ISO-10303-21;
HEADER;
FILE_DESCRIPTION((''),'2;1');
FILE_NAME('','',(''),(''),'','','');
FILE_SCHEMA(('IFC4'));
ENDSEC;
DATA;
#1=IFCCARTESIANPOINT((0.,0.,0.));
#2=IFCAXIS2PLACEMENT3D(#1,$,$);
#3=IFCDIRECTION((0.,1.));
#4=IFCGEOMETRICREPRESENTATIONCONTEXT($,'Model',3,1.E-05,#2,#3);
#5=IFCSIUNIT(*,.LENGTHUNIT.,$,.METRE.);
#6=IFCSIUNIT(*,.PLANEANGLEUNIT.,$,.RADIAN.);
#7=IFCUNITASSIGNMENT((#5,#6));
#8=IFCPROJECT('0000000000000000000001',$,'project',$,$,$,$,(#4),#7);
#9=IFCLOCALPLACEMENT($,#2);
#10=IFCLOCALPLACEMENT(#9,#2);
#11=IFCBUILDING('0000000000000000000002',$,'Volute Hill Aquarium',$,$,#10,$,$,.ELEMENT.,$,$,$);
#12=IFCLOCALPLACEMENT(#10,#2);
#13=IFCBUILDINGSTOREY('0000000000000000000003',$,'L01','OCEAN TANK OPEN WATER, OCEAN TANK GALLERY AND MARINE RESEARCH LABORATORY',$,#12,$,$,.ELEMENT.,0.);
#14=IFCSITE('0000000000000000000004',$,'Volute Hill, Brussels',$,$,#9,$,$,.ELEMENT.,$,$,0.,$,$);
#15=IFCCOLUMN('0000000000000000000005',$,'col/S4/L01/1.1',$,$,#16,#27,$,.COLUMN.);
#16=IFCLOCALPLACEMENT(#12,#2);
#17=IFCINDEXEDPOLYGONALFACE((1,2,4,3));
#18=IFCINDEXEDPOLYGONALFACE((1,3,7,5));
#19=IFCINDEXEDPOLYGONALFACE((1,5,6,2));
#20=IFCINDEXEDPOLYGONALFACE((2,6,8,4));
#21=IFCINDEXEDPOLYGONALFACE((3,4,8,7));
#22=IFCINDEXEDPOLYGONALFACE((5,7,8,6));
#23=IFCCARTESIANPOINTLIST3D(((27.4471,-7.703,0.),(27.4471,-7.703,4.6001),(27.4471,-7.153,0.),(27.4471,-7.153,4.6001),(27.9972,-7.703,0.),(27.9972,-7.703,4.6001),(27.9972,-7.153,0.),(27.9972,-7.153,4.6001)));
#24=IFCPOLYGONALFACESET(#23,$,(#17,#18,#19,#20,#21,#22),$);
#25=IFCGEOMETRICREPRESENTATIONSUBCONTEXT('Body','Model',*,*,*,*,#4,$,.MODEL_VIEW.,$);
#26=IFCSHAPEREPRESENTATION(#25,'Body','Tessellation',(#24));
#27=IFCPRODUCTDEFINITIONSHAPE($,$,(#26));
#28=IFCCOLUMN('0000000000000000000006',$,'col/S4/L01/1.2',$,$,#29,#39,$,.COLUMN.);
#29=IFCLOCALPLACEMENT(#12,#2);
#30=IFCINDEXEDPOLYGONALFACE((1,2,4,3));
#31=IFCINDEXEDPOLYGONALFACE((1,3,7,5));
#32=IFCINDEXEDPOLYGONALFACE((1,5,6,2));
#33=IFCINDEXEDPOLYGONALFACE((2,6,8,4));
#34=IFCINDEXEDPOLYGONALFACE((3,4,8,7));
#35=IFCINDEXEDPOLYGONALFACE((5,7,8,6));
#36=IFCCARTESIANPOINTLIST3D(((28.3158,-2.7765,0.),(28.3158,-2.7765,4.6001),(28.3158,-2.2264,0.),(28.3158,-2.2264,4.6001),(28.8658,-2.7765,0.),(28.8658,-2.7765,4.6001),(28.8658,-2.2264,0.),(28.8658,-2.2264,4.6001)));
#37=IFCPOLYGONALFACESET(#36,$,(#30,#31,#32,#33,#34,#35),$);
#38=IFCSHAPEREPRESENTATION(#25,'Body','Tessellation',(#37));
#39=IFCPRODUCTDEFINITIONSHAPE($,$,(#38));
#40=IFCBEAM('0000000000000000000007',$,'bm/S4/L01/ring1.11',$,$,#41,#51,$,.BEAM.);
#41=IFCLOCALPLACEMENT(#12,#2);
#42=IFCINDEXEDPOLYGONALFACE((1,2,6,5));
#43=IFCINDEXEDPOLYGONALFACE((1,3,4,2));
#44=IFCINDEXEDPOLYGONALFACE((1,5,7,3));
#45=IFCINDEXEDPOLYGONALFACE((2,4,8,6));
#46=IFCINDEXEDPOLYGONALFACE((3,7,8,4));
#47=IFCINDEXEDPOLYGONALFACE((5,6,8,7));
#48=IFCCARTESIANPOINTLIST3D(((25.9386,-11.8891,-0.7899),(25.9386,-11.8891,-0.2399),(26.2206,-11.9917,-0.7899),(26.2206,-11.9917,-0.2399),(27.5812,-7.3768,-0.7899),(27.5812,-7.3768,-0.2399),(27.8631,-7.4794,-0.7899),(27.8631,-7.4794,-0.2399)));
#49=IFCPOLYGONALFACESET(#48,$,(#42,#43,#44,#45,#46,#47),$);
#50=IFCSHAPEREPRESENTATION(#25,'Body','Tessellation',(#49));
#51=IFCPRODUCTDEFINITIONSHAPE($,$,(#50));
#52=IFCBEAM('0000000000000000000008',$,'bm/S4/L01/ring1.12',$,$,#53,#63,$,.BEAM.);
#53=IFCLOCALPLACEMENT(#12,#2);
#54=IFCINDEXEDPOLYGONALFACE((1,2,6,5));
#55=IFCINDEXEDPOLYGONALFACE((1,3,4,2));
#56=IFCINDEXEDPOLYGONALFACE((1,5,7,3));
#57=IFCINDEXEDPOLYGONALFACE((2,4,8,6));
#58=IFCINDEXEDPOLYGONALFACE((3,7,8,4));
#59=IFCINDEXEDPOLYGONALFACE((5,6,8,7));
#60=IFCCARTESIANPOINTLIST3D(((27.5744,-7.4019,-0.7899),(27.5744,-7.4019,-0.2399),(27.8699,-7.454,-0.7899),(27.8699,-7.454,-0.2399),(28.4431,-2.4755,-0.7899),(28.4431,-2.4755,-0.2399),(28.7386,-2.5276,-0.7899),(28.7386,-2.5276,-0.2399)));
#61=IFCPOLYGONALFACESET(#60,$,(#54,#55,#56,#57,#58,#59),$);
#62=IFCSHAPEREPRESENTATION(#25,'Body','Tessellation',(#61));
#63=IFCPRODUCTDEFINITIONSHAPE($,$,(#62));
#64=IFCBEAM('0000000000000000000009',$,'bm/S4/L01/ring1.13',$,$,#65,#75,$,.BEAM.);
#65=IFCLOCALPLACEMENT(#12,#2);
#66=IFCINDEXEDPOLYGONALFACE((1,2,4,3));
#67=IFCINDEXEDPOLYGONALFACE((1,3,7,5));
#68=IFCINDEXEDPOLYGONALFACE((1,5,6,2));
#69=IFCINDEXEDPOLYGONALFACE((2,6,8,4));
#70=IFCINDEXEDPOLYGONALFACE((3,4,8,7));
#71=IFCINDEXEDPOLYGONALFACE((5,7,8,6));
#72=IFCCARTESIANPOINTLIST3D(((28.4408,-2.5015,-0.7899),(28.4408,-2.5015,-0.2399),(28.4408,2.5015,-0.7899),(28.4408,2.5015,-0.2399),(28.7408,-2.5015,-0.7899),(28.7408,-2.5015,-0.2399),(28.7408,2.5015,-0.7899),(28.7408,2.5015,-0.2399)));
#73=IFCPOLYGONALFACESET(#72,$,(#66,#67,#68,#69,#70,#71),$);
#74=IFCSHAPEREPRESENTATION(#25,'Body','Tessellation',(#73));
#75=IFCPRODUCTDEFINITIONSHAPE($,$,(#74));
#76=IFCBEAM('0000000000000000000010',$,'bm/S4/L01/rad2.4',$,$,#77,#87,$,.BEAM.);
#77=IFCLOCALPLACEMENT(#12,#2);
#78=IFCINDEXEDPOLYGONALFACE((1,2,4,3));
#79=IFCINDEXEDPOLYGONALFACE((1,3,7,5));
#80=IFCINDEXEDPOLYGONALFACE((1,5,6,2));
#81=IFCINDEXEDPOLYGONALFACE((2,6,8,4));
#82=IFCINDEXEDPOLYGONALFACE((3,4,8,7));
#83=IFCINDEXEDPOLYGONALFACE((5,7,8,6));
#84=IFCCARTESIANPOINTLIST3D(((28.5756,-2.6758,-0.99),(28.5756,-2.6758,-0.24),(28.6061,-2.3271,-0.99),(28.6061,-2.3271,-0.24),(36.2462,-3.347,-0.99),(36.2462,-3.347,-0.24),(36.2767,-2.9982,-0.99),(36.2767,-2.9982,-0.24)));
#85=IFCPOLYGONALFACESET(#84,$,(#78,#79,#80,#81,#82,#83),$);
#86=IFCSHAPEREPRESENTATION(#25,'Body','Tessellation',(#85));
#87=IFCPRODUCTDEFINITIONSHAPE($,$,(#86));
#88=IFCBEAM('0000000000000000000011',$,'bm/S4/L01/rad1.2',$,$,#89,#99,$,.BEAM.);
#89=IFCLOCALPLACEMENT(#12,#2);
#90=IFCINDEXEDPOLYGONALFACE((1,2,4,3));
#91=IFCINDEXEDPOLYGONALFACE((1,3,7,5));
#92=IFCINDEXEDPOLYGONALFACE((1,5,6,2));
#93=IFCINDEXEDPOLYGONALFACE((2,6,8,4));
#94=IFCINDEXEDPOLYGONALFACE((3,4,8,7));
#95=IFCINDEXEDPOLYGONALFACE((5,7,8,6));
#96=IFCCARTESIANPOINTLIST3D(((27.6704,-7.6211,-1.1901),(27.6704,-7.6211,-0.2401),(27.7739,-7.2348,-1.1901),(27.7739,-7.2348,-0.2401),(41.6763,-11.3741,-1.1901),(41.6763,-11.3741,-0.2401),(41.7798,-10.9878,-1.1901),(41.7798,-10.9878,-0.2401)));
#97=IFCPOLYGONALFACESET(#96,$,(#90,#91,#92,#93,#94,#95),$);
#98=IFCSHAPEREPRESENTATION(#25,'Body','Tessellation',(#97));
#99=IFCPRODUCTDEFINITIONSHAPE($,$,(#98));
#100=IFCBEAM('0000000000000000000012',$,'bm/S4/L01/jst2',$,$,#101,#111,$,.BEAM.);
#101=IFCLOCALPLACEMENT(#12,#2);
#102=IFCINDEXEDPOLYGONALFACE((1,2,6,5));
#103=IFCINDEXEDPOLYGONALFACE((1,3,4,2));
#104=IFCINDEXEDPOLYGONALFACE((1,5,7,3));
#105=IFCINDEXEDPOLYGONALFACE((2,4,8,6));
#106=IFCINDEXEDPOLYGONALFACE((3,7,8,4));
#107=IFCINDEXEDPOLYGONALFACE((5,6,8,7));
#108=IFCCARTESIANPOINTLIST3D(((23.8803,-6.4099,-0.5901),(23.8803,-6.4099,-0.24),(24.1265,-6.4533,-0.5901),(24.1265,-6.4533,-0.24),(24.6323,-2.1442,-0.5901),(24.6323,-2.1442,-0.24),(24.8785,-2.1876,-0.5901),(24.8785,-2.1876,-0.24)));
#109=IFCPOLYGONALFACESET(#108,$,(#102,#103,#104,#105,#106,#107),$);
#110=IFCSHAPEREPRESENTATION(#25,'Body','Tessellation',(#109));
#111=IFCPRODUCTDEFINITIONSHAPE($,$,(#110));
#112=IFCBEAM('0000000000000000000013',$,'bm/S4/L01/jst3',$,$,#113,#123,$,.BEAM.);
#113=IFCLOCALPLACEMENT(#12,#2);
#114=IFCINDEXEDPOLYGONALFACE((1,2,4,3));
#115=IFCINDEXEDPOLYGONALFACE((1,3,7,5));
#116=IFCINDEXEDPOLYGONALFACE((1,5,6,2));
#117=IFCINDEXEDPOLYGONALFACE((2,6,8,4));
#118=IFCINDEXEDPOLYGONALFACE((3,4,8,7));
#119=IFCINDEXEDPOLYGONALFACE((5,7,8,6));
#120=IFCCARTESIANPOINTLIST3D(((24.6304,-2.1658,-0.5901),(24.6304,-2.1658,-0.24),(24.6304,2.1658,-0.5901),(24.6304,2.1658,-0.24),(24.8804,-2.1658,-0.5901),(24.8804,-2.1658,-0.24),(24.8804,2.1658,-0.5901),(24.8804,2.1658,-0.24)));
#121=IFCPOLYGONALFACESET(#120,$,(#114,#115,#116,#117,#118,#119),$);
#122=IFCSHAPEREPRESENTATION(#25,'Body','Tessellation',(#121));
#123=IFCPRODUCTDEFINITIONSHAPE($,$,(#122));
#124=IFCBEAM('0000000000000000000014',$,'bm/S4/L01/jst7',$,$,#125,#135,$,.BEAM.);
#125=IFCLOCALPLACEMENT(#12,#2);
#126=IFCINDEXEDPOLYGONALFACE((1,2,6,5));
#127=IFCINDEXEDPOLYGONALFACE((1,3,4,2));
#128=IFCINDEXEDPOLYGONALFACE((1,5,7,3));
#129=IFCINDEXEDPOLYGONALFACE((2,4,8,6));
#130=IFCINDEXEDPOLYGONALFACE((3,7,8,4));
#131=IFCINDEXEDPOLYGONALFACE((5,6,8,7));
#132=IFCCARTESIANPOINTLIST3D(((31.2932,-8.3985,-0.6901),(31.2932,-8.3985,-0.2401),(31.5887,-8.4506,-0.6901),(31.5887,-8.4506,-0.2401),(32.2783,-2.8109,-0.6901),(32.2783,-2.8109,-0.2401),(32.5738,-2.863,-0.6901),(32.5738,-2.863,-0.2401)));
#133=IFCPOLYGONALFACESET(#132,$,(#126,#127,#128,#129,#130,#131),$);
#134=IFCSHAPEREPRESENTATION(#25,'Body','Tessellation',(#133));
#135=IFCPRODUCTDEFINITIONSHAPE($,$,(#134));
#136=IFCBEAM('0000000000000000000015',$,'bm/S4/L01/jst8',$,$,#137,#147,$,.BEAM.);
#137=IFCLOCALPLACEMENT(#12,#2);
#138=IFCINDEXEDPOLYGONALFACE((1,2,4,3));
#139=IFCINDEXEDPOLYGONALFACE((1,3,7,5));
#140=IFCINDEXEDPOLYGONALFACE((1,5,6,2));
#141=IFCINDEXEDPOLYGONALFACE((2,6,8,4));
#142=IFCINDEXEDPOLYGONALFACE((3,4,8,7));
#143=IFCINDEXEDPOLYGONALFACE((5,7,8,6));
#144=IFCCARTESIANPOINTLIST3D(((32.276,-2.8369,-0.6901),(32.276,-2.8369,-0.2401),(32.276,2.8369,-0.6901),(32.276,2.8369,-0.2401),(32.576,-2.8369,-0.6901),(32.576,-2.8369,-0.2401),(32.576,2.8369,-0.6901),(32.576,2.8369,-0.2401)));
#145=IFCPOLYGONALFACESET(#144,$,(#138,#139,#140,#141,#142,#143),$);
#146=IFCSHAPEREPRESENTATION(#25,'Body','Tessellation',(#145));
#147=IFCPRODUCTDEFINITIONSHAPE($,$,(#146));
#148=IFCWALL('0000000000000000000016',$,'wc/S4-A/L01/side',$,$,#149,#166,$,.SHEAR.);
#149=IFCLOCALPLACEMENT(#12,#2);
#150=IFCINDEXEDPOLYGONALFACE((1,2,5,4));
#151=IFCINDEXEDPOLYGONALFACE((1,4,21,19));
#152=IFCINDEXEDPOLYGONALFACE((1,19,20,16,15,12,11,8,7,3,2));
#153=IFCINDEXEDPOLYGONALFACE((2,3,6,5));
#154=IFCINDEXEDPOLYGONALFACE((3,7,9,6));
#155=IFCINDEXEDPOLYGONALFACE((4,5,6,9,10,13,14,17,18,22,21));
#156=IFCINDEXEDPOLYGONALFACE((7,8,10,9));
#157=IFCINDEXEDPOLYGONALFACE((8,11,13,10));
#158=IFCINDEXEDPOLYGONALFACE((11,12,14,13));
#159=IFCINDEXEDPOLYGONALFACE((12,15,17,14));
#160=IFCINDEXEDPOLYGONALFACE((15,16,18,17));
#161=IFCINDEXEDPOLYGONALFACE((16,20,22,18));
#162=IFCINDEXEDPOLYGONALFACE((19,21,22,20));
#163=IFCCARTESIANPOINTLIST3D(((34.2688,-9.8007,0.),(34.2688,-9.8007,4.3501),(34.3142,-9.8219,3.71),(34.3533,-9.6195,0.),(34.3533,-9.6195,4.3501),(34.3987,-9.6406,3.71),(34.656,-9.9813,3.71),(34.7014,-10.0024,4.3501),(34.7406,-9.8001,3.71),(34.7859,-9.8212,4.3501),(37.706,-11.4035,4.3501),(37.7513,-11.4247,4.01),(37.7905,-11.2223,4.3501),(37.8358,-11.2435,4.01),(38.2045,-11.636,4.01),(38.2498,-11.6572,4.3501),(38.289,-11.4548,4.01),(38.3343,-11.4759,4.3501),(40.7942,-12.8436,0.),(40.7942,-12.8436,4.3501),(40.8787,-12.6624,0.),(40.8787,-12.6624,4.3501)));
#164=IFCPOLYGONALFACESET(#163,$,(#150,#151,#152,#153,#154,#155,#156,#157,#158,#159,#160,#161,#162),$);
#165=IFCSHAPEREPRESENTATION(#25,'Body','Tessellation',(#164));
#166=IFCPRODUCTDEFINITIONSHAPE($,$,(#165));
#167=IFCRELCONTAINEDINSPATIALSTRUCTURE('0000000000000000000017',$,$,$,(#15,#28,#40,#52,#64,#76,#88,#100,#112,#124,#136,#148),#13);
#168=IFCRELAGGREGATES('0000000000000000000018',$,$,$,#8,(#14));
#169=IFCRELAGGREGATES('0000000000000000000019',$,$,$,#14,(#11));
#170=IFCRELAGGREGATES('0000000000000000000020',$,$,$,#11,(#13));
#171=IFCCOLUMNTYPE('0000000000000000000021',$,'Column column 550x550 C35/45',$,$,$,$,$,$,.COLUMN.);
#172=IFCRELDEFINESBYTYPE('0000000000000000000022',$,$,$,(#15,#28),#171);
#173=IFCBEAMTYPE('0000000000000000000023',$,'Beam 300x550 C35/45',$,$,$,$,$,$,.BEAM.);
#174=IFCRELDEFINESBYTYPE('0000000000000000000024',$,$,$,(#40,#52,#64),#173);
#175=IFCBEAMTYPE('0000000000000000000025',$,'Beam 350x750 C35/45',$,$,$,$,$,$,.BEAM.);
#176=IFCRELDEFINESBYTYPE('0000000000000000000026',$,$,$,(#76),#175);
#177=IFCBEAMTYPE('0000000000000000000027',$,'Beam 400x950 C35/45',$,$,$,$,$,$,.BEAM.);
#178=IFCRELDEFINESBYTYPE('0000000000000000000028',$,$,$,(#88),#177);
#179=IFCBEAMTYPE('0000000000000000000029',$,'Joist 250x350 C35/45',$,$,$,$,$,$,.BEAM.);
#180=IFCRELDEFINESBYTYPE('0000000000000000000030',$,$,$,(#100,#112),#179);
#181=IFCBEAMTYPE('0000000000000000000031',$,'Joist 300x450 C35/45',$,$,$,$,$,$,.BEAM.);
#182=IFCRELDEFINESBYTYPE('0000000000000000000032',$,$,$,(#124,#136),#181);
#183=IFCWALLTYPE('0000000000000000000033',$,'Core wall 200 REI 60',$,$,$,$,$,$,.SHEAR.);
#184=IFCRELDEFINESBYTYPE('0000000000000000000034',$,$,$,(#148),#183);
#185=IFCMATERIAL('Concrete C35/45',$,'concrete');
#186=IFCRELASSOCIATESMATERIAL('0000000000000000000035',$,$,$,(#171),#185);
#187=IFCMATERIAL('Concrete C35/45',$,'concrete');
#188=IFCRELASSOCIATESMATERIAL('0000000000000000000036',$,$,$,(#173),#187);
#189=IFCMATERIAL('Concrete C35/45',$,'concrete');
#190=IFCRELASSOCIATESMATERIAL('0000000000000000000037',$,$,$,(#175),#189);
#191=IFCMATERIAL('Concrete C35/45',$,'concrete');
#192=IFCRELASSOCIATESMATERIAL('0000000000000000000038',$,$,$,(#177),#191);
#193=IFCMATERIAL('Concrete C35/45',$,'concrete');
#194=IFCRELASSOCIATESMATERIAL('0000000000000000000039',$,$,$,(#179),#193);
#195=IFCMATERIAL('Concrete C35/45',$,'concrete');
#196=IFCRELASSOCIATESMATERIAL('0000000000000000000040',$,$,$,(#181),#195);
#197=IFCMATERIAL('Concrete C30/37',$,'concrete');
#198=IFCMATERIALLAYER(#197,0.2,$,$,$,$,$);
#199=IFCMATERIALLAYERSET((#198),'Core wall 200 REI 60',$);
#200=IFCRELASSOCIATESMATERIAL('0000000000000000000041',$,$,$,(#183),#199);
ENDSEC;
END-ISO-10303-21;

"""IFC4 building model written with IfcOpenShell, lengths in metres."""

from ifc_helpers import new_model, si_unit, direction, frame, origin, origin_2d, place, context, subcontext, project, spatial, polyline, rectangle, outline, extrude, material, layer, layer_set, material_profile, profile_set, type_object, element, save


model = new_model("IFC4")

# Units and contexts
model_context = context("Model", 3, precision=1e-05, world=origin(), true_north=direction((0.0, 1.0)))
body_context = subcontext(model_context, "Body", "Model", "MODEL_VIEW")
ifc_project = project(units=[si_unit("LENGTHUNIT", "METRE"), si_unit("PLANEANGLEUNIT", "RADIAN")], contexts=[model_context])

# Site, building, storey
site_placement = place(None, origin())
site = spatial("IfcSite", under=ifc_project, at=site_placement, Name="Volute Hill, Brussels", CompositionType="ELEMENT", RefElevation=0.0)
building_placement = place(site_placement, origin())
building = spatial("IfcBuilding", under=site, at=building_placement, Name="Volute Hill Aquarium", CompositionType="ELEMENT")
storey_placement = place(building_placement, origin())
storey = spatial("IfcBuildingStorey", under=building, at=storey_placement, Name="L01", Description="OCEAN TANK OPEN WATER, OCEAN TANK GALLERY AND MARINE RESEARCH LABORATORY", CompositionType="ELEMENT", Elevation=0.0)

# Columns
ifc_material_1 = material(Name="Concrete C35/45", Category="concrete")
ifc_material_profile_1 = material_profile(ifc_material_1, rectangle(XDim=0.55, YDim=0.55, at=origin_2d()), Name="RC column 550x550")
ifc_profile_set_1 = profile_set([ifc_material_profile_1], Name="Concrete C35/45")
column_type = type_object("IfcColumnType", Name="Column column 550x550 C35/45", PredefinedType="COLUMN", material=ifc_profile_set_1)
for number, where, z_axis, x_axis, name in (
    (1, (27.7222, -7.428, 0.0), (0.0, 0.0, 1.0), (1.0, 0.0, 0.0), "col/S4/L01/1.1"),
    (2, (28.5908, -2.5015, 0.0), (0.0, 0.0, 1.0), (1.0, 0.0, 0.0), "col/S4/L01/1.2"),
):
    element("IfcColumn", number, at=place(storey_placement, frame(where, z_axis=z_axis, x_axis=x_axis)), inside=storey, type_object=column_type, Name=name, PredefinedType="COLUMN", context=body_context, shape_type="SweptSolid", body=[
        extrude(rectangle(XDim=0.55, YDim=0.55, at=origin_2d()), origin(), (0.0, 0.0, 1.0), 4.6001),
    ])

# Beams
ifc_material_2 = material(Name="Concrete C35/45", Category="concrete")
ifc_material_profile_2 = material_profile(ifc_material_2, rectangle(XDim=0.3, YDim=0.55, at=origin_2d()), Name="RC beam 300x550")
ifc_profile_set_2 = profile_set([ifc_material_profile_2], Name="Concrete C35/45")
beam_type_1 = type_object("IfcBeamType", Name="Beam 300x550 C35/45", PredefinedType="BEAM", material=ifc_profile_set_2)
beam_1_placement = place(storey_placement, frame((26.0796, -11.9404, -0.5149), z_axis=(0.342053, 0.939681, 0.0), x_axis=(-0.939681, 0.342053, 0.0)))
element("IfcBeam", 3, at=beam_1_placement, inside=storey, type_object=beam_type_1, Name="bm/S4/L01/ring1.11", PredefinedType="BEAM", context=body_context, shape_type="SweptSolid", body=[
    extrude(rectangle(XDim=0.3, YDim=0.55, at=origin_2d()), origin(), (0.0, 0.0, 1.0), 4.802),
])
beam_2_placement = place(storey_placement, frame((27.7222, -7.428, -0.5149), z_axis=(0.173643, 0.984809, 0.0), x_axis=(-0.984809, 0.173643, 0.0)))
element("IfcBeam", 4, at=beam_2_placement, inside=storey, type_object=beam_type_1, Name="bm/S4/L01/ring1.12", PredefinedType="BEAM", context=body_context, shape_type="SweptSolid", body=[
    extrude(rectangle(XDim=0.3, YDim=0.55, at=origin_2d()), origin(), (0.0, 0.0, 1.0), 5.0024),
])
beam_3_placement = place(storey_placement, frame((28.5908, -2.5015, -0.5149), z_axis=(0.0, 1.0, 0.0), x_axis=(-1.0, 0.0, 0.0)))
element("IfcBeam", 5, at=beam_3_placement, inside=storey, type_object=beam_type_1, Name="bm/S4/L01/ring1.13", PredefinedType="BEAM", context=body_context, shape_type="SweptSolid", body=[
    extrude(rectangle(XDim=0.3, YDim=0.55, at=origin_2d()), origin(), (0.0, 0.0, 1.0), 5.0029),
])
ifc_material_3 = material(Name="Concrete C35/45", Category="concrete")
ifc_material_profile_3 = material_profile(ifc_material_3, rectangle(XDim=0.3501, YDim=0.75, at=origin_2d()), Name="RC beam 350x750")
ifc_profile_set_3 = profile_set([ifc_material_profile_3], Name="Concrete C35/45")
beam_type_2 = type_object("IfcBeamType", Name="Beam 350x750 C35/45", PredefinedType="BEAM", material=ifc_profile_set_3)
beam_4_placement = place(storey_placement, frame((28.5908, -2.5015, -0.615), z_axis=(0.996194, -0.087162, 0.0), x_axis=(0.087162, 0.996194, 0.0)))
element("IfcBeam", 6, at=beam_4_placement, inside=storey, type_object=beam_type_2, Name="bm/S4/L01/rad2.4", PredefinedType="BEAM", context=body_context, shape_type="SweptSolid", body=[
    extrude(rectangle(XDim=0.3501, YDim=0.75, at=origin_2d()), origin(), (0.0, 0.0, 1.0), 7.7),
])
ifc_material_4 = material(Name="Concrete C35/45", Category="concrete")
ifc_material_profile_4 = material_profile(ifc_material_4, rectangle(XDim=0.3999, YDim=0.95, at=origin_2d()), Name="RC beam 400x950")
ifc_profile_set_4 = profile_set([ifc_material_profile_4], Name="Concrete C35/45")
beam_type_3 = type_object("IfcBeamType", Name="Beam 400x950 C35/45", PredefinedType="BEAM", material=ifc_profile_set_4)
beam_5_placement = place(storey_placement, frame((27.7222, -7.428, -0.7151), z_axis=(0.965925, -0.258824, 0.0), x_axis=(0.258824, 0.965925, 0.0)))
element("IfcBeam", 7, at=beam_5_placement, inside=storey, type_object=beam_type_3, Name="bm/S4/L01/rad1.2", PredefinedType="BEAM", context=body_context, shape_type="SweptSolid", body=[
    extrude(rectangle(XDim=0.3999, YDim=0.95, at=origin_2d()), origin(), (0.0, 0.0, 1.0), 14.5),
])
ifc_material_5 = material(Name="Concrete C35/45", Category="concrete")
ifc_material_profile_5 = material_profile(ifc_material_5, rectangle(XDim=0.25, YDim=0.3501, at=origin_2d()), Name="RC joist 250x350")
ifc_profile_set_5 = profile_set([ifc_material_profile_5], Name="Concrete C35/45")
beam_type_4 = type_object("IfcBeamType", Name="Joist 250x350 C35/45", PredefinedType="BEAM", material=ifc_profile_set_5)
for number, where, z_axis, x_axis, name in (
    (8, (24.0034, -6.4316, -0.415), (0.173596, 0.984817, 0.0), (-0.984817, 0.173596, 0.0), "bm/S4/L01/jst2"),
    (9, (24.7554, -2.1658, -0.415), (0.0, 1.0, 0.0), (-1.0, 0.0, 0.0), "bm/S4/L01/jst3"),
):
    element("IfcBeam", number, at=place(storey_placement, frame(where, z_axis=z_axis, x_axis=x_axis)), inside=storey, type_object=beam_type_4, Name=name, PredefinedType="BEAM", context=body_context, shape_type="SweptSolid", body=[
        extrude(rectangle(XDim=0.25, YDim=0.3501, at=origin_2d()), origin(), (0.0, 0.0, 1.0), 4.3315),
    ])
ifc_material_6 = material(Name="Concrete C35/45", Category="concrete")
ifc_material_profile_6 = material_profile(ifc_material_6, rectangle(XDim=0.3, YDim=0.45, at=origin_2d()), Name="RC joist 300x450")
ifc_profile_set_6 = profile_set([ifc_material_profile_6], Name="Concrete C35/45")
beam_type_5 = type_object("IfcBeamType", Name="Joist 300x450 C35/45", PredefinedType="BEAM", material=ifc_profile_set_6)
for number, where, z_axis, x_axis, name in (
    (10, (31.4409, -8.4246, -0.4651), (0.173623, 0.984812, 0.0), (-0.984812, 0.173623, 0.0), "bm/S4/L01/jst7"),
    (11, (32.426, -2.8369, -0.4651), (0.0, 1.0, 0.0), (-1.0, 0.0, 0.0), "bm/S4/L01/jst8"),
):
    element("IfcBeam", number, at=place(storey_placement, frame(where, z_axis=z_axis, x_axis=x_axis)), inside=storey, type_object=beam_type_5, Name=name, PredefinedType="BEAM", context=body_context, shape_type="SweptSolid", body=[
        extrude(rectangle(XDim=0.3, YDim=0.45, at=origin_2d()), origin(), (0.0, 0.0, 1.0), 5.6738),
    ])

# Wall
ifc_material_7 = material(Name="Concrete C30/37", Category="concrete")
ifc_layer_1 = layer(ifc_material_7, 0.2)
ifc_layer_set_1 = layer_set([ifc_layer_1], Name="Core wall 200 REI 60")
wall_type_1 = type_object("IfcWallType", Name="Core wall 200 REI 60", PredefinedType="SHEAR", material=ifc_layer_set_1)
wall_1_placement = place(storey_placement, frame((34.311, -9.7102, 0.0), z_axis=(0.0, 0.0, 1.0), x_axis=(0.906301, -0.422633, 0.0)))
element("IfcWall", 12, at=wall_1_placement, inside=storey, type_object=wall_type_1, Name="wc/S4-A/L01/side", PredefinedType="SHEAR", context=body_context, shape_type="SweptSolid", body=[
    extrude(outline(polyline([(0.0, 0.0), (7.2, 0.0), (7.2, 4.3501), (4.3926, 4.3501), (4.3425, 4.01), (3.8425, 4.01), (3.7925, 4.3501), (0.4773, 4.3501), (0.4272, 3.71), (0.05, 3.71), (0.0, 4.3501), (0.0, 0.0)])), frame((0.0, 0.1001, 0.0), z_axis=(0.0, -1.0, 0.0), x_axis=(1.0, 0.0, 0.0)), (0.0, 0.0, 1.0), 0.2),
])

save(model, "model.ifc")
